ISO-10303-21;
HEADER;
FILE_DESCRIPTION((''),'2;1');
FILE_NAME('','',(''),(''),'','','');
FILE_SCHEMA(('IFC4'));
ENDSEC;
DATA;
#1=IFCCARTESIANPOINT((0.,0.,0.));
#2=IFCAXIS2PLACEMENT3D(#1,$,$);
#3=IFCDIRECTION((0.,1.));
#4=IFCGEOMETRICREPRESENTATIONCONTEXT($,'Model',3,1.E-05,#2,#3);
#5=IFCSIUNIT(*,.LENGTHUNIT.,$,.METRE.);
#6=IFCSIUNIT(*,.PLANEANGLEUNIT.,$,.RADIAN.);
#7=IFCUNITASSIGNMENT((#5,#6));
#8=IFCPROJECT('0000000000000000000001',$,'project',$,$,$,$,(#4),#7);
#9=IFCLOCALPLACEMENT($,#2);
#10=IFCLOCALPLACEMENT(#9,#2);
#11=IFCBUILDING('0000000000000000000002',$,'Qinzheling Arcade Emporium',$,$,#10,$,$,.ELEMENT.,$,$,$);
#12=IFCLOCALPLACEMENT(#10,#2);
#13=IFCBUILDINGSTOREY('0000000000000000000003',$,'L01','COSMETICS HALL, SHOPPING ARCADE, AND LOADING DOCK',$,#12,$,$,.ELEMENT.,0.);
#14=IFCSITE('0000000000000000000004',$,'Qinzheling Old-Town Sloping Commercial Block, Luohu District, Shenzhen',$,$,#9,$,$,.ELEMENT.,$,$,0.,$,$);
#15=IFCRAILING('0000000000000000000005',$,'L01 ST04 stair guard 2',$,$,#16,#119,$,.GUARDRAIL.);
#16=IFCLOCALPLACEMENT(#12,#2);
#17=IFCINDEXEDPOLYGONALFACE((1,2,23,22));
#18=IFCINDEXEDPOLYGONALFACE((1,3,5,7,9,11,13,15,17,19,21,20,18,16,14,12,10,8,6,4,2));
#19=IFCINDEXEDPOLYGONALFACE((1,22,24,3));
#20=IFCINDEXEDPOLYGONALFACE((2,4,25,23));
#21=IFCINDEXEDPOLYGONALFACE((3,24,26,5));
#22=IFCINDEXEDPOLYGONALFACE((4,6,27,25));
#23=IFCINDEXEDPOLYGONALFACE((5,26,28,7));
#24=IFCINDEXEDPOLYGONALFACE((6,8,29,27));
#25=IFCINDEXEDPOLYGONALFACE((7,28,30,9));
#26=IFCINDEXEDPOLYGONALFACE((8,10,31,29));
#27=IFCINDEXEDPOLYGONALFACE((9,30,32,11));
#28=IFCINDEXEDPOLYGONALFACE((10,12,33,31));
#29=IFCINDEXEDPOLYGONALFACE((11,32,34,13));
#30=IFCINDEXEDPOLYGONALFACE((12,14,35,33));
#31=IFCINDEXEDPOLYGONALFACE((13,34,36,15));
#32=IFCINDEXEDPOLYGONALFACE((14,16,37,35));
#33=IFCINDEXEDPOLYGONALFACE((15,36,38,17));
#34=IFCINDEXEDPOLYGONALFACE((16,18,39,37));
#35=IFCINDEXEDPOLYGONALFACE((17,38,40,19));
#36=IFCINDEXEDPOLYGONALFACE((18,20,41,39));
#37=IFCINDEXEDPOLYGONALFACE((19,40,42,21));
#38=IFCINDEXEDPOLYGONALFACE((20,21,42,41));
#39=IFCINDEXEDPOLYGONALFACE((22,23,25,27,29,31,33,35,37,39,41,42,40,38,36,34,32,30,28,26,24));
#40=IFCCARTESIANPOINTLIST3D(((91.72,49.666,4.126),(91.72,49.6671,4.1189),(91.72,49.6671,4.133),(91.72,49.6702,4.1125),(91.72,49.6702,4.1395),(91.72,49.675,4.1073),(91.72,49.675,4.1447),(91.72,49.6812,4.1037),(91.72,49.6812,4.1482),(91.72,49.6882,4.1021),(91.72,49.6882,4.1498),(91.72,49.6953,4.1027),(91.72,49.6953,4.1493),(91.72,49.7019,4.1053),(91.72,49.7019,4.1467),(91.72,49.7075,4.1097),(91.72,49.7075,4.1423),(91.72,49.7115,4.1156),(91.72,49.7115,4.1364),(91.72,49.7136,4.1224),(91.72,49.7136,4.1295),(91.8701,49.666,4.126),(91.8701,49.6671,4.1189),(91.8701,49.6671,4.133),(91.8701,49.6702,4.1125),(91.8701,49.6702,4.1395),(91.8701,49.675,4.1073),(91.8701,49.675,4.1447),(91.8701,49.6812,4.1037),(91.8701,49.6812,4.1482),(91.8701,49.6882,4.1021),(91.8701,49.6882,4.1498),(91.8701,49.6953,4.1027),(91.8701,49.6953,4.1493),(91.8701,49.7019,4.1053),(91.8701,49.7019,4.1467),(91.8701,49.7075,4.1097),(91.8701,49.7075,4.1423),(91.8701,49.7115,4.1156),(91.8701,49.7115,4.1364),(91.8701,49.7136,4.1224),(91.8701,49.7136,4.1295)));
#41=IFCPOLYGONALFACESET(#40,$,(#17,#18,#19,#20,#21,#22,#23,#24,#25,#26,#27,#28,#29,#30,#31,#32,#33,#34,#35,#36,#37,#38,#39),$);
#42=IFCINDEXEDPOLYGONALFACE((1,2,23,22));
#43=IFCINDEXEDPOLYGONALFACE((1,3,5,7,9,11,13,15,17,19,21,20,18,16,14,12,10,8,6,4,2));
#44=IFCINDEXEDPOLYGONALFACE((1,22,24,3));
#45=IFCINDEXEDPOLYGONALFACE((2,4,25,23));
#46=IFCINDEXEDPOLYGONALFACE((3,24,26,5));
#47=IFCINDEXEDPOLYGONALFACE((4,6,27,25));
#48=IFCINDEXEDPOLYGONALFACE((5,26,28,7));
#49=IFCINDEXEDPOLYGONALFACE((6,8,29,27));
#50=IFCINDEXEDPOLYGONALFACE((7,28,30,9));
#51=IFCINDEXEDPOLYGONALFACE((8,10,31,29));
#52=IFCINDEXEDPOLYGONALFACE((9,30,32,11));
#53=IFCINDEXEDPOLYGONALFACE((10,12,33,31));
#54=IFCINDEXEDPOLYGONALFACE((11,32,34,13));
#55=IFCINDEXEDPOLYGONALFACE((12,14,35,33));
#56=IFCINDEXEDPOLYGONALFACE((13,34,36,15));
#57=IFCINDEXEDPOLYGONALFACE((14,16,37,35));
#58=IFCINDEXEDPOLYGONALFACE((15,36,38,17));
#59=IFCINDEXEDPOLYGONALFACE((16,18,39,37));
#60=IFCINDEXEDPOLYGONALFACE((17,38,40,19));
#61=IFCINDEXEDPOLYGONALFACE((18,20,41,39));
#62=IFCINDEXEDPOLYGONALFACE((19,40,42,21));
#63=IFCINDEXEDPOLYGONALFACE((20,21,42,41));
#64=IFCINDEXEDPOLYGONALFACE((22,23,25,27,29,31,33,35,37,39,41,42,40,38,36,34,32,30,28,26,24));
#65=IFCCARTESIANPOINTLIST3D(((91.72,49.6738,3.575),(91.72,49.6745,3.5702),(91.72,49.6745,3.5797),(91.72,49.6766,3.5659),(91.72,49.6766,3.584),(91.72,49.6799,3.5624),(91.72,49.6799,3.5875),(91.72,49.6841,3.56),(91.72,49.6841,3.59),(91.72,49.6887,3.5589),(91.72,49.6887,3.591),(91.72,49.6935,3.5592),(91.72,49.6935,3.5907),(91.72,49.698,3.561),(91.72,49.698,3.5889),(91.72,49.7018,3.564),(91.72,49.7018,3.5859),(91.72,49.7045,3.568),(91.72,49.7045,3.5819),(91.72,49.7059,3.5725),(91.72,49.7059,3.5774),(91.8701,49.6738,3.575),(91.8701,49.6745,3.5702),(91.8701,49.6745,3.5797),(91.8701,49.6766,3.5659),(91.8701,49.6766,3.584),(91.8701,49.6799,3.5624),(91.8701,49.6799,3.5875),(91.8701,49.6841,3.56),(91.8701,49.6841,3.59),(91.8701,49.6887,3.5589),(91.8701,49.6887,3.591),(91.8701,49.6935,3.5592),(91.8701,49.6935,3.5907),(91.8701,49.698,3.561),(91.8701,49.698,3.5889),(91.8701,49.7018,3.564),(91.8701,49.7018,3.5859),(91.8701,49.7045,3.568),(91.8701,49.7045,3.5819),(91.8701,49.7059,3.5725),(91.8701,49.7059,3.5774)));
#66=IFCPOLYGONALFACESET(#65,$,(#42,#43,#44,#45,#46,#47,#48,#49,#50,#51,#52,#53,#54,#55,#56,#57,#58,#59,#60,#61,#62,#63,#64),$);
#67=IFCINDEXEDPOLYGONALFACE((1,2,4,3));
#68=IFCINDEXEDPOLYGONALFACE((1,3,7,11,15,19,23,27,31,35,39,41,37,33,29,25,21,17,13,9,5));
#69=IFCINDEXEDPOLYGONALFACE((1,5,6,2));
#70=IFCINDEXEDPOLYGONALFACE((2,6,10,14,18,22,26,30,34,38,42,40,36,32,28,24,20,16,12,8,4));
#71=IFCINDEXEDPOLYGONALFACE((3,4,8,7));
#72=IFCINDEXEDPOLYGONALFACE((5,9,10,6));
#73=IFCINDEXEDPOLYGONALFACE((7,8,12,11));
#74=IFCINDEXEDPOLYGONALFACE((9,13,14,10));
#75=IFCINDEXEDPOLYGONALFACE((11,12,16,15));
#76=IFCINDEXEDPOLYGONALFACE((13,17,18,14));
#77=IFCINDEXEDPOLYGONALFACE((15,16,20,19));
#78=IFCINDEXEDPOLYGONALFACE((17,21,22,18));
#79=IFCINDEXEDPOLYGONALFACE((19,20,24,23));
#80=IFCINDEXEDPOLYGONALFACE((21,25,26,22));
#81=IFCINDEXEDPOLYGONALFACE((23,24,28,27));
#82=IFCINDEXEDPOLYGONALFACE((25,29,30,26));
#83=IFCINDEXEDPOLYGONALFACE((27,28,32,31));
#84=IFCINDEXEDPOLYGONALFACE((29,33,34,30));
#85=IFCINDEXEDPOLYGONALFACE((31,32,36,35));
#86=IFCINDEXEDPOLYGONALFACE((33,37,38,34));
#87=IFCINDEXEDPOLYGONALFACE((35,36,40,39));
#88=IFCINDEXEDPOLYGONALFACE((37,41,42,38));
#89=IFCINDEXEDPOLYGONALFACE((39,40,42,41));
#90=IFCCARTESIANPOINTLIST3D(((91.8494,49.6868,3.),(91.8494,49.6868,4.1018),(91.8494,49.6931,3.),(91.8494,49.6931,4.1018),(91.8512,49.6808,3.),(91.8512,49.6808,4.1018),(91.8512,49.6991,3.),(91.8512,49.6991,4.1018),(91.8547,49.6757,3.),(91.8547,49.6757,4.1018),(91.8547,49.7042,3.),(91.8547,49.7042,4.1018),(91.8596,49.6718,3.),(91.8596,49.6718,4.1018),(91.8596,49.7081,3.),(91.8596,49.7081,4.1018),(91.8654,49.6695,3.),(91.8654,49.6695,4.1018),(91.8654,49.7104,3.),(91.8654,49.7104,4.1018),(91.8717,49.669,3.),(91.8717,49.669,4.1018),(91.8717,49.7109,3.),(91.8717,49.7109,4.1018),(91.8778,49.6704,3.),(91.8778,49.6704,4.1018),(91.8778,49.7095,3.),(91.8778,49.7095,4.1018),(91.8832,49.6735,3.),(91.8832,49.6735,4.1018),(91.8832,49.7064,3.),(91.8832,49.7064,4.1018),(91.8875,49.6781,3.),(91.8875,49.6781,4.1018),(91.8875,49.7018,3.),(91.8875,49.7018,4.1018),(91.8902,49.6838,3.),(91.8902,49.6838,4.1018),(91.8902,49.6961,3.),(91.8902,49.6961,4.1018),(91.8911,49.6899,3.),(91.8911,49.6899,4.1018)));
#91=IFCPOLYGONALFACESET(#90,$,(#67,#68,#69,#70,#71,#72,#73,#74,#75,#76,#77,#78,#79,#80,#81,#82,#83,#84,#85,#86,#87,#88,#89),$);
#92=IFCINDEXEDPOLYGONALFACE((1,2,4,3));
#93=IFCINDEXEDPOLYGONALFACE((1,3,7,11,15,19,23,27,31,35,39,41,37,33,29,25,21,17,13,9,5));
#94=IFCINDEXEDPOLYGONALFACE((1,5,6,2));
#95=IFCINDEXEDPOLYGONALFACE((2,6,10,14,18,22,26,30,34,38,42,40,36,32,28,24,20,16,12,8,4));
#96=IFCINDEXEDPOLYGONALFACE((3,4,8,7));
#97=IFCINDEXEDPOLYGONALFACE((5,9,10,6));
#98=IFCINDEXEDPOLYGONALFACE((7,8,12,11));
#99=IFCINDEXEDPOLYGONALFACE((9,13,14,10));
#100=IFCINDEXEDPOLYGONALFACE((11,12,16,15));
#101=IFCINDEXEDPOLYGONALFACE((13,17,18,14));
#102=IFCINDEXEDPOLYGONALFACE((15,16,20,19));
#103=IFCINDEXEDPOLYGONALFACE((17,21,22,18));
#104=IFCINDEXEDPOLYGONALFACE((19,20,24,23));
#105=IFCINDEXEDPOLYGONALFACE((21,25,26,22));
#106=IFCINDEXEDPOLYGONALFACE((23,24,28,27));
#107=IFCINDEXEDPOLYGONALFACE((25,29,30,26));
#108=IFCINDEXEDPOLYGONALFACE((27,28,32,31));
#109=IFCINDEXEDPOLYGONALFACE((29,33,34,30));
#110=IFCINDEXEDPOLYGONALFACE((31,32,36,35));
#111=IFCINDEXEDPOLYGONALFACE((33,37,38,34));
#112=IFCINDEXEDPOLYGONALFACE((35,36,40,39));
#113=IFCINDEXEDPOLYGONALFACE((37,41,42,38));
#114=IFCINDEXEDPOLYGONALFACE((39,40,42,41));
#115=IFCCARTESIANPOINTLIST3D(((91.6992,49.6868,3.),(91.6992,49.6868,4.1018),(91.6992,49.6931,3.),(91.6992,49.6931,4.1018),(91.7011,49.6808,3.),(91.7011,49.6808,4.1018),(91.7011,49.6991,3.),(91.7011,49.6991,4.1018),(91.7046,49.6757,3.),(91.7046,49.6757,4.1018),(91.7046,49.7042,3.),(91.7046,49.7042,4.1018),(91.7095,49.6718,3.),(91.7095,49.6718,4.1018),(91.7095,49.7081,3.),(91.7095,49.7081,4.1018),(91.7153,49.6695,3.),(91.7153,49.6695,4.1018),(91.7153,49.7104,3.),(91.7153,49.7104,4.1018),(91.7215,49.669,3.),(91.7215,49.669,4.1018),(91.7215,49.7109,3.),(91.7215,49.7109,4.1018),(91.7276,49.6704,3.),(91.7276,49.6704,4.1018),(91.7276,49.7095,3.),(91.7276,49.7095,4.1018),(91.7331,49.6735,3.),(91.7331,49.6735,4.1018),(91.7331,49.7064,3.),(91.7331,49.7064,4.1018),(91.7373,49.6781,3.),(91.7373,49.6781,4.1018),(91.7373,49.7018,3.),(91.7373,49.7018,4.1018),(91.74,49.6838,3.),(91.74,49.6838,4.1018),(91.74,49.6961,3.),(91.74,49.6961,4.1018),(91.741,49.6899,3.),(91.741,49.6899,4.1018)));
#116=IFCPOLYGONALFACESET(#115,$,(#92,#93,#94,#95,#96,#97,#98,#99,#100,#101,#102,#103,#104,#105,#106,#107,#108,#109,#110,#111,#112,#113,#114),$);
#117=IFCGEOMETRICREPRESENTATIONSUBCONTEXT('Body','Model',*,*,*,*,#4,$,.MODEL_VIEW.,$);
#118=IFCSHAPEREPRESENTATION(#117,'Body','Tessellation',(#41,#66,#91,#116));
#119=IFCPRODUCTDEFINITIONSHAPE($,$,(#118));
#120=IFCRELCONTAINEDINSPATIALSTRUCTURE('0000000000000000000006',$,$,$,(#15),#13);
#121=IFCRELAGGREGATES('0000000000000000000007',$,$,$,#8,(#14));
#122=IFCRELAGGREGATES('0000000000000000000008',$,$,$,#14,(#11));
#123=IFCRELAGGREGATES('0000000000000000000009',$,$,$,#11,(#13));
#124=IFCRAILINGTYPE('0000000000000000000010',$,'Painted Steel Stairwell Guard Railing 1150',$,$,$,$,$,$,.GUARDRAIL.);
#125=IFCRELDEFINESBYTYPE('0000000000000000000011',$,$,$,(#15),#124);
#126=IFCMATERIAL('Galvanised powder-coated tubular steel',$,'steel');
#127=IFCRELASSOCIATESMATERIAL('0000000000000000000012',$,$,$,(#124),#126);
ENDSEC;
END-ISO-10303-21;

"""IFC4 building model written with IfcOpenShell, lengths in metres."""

from ifc_helpers import new_model, si_unit, direction, frame, origin, origin_2d, place, context, subcontext, project, spatial, circle, extrude, material, type_object, element, save


model = new_model("IFC4")

# Units and contexts
model_context = context("Model", 3, precision=1e-05, world=origin(), true_north=direction((0.0, 1.0)))
body_context = subcontext(model_context, "Body", "Model", "MODEL_VIEW")
ifc_project = project(units=[si_unit("LENGTHUNIT", "METRE"), si_unit("PLANEANGLEUNIT", "RADIAN")], contexts=[model_context])

# Site, building, storey
site_placement = place(None, origin())
site = spatial("IfcSite", under=ifc_project, at=site_placement, Name="Qinzheling Old-Town Sloping Commercial Block, Luohu District, Shenzhen", CompositionType="ELEMENT", RefElevation=0.0)
building_placement = place(site_placement, origin())
building = spatial("IfcBuilding", under=site, at=building_placement, Name="Qinzheling Arcade Emporium", CompositionType="ELEMENT")
storey_placement = place(building_placement, origin())
storey = spatial("IfcBuildingStorey", under=building, at=storey_placement, Name="L01", Description="COSMETICS HALL, SHOPPING ARCADE, AND LOADING DOCK", CompositionType="ELEMENT", Elevation=0.0)

# Railing
ifc_material_1 = material(Name="Galvanised powder-coated tubular steel", Category="steel")
railing_type = type_object("IfcRailingType", Name="Painted Steel Stairwell Guard Railing 1150", PredefinedType="GUARDRAIL", material=ifc_material_1)
railing_placement = place(storey_placement, frame((91.8701, 49.6899, 3.0)))
element("IfcRailing", 1, at=railing_placement, inside=storey, type_object=railing_type, Name="L01 ST04 stair guard 2", PredefinedType="GUARDRAIL", context=body_context, shape_type="SweptSolid", body=[
    extrude(circle(Radius=0.0239, at=origin_2d()), frame((0.0, 0.0, 1.126), z_axis=(-1.0, 0.0, 0.0), x_axis=(0.0, -1.0, 0.0)), (0.0, 0.0, 1.0), 0.1501),
    extrude(circle(Radius=0.0161, at=origin_2d()), frame((0.0, 0.0, 0.575), z_axis=(-1.0, 0.0, 0.0), x_axis=(0.0, -1.0, 0.0)), (0.0, 0.0, 1.0), 0.1501),
    extrude(circle(Radius=0.021, at=origin_2d()), origin(), (0.0, 0.0, 1.0), 1.1018),
    extrude(circle(Radius=0.021, at=origin_2d()), frame((-0.1501, 0.0, 0.0)), (0.0, 0.0, 1.0), 1.1018),
])

save(model, "model.ifc")
